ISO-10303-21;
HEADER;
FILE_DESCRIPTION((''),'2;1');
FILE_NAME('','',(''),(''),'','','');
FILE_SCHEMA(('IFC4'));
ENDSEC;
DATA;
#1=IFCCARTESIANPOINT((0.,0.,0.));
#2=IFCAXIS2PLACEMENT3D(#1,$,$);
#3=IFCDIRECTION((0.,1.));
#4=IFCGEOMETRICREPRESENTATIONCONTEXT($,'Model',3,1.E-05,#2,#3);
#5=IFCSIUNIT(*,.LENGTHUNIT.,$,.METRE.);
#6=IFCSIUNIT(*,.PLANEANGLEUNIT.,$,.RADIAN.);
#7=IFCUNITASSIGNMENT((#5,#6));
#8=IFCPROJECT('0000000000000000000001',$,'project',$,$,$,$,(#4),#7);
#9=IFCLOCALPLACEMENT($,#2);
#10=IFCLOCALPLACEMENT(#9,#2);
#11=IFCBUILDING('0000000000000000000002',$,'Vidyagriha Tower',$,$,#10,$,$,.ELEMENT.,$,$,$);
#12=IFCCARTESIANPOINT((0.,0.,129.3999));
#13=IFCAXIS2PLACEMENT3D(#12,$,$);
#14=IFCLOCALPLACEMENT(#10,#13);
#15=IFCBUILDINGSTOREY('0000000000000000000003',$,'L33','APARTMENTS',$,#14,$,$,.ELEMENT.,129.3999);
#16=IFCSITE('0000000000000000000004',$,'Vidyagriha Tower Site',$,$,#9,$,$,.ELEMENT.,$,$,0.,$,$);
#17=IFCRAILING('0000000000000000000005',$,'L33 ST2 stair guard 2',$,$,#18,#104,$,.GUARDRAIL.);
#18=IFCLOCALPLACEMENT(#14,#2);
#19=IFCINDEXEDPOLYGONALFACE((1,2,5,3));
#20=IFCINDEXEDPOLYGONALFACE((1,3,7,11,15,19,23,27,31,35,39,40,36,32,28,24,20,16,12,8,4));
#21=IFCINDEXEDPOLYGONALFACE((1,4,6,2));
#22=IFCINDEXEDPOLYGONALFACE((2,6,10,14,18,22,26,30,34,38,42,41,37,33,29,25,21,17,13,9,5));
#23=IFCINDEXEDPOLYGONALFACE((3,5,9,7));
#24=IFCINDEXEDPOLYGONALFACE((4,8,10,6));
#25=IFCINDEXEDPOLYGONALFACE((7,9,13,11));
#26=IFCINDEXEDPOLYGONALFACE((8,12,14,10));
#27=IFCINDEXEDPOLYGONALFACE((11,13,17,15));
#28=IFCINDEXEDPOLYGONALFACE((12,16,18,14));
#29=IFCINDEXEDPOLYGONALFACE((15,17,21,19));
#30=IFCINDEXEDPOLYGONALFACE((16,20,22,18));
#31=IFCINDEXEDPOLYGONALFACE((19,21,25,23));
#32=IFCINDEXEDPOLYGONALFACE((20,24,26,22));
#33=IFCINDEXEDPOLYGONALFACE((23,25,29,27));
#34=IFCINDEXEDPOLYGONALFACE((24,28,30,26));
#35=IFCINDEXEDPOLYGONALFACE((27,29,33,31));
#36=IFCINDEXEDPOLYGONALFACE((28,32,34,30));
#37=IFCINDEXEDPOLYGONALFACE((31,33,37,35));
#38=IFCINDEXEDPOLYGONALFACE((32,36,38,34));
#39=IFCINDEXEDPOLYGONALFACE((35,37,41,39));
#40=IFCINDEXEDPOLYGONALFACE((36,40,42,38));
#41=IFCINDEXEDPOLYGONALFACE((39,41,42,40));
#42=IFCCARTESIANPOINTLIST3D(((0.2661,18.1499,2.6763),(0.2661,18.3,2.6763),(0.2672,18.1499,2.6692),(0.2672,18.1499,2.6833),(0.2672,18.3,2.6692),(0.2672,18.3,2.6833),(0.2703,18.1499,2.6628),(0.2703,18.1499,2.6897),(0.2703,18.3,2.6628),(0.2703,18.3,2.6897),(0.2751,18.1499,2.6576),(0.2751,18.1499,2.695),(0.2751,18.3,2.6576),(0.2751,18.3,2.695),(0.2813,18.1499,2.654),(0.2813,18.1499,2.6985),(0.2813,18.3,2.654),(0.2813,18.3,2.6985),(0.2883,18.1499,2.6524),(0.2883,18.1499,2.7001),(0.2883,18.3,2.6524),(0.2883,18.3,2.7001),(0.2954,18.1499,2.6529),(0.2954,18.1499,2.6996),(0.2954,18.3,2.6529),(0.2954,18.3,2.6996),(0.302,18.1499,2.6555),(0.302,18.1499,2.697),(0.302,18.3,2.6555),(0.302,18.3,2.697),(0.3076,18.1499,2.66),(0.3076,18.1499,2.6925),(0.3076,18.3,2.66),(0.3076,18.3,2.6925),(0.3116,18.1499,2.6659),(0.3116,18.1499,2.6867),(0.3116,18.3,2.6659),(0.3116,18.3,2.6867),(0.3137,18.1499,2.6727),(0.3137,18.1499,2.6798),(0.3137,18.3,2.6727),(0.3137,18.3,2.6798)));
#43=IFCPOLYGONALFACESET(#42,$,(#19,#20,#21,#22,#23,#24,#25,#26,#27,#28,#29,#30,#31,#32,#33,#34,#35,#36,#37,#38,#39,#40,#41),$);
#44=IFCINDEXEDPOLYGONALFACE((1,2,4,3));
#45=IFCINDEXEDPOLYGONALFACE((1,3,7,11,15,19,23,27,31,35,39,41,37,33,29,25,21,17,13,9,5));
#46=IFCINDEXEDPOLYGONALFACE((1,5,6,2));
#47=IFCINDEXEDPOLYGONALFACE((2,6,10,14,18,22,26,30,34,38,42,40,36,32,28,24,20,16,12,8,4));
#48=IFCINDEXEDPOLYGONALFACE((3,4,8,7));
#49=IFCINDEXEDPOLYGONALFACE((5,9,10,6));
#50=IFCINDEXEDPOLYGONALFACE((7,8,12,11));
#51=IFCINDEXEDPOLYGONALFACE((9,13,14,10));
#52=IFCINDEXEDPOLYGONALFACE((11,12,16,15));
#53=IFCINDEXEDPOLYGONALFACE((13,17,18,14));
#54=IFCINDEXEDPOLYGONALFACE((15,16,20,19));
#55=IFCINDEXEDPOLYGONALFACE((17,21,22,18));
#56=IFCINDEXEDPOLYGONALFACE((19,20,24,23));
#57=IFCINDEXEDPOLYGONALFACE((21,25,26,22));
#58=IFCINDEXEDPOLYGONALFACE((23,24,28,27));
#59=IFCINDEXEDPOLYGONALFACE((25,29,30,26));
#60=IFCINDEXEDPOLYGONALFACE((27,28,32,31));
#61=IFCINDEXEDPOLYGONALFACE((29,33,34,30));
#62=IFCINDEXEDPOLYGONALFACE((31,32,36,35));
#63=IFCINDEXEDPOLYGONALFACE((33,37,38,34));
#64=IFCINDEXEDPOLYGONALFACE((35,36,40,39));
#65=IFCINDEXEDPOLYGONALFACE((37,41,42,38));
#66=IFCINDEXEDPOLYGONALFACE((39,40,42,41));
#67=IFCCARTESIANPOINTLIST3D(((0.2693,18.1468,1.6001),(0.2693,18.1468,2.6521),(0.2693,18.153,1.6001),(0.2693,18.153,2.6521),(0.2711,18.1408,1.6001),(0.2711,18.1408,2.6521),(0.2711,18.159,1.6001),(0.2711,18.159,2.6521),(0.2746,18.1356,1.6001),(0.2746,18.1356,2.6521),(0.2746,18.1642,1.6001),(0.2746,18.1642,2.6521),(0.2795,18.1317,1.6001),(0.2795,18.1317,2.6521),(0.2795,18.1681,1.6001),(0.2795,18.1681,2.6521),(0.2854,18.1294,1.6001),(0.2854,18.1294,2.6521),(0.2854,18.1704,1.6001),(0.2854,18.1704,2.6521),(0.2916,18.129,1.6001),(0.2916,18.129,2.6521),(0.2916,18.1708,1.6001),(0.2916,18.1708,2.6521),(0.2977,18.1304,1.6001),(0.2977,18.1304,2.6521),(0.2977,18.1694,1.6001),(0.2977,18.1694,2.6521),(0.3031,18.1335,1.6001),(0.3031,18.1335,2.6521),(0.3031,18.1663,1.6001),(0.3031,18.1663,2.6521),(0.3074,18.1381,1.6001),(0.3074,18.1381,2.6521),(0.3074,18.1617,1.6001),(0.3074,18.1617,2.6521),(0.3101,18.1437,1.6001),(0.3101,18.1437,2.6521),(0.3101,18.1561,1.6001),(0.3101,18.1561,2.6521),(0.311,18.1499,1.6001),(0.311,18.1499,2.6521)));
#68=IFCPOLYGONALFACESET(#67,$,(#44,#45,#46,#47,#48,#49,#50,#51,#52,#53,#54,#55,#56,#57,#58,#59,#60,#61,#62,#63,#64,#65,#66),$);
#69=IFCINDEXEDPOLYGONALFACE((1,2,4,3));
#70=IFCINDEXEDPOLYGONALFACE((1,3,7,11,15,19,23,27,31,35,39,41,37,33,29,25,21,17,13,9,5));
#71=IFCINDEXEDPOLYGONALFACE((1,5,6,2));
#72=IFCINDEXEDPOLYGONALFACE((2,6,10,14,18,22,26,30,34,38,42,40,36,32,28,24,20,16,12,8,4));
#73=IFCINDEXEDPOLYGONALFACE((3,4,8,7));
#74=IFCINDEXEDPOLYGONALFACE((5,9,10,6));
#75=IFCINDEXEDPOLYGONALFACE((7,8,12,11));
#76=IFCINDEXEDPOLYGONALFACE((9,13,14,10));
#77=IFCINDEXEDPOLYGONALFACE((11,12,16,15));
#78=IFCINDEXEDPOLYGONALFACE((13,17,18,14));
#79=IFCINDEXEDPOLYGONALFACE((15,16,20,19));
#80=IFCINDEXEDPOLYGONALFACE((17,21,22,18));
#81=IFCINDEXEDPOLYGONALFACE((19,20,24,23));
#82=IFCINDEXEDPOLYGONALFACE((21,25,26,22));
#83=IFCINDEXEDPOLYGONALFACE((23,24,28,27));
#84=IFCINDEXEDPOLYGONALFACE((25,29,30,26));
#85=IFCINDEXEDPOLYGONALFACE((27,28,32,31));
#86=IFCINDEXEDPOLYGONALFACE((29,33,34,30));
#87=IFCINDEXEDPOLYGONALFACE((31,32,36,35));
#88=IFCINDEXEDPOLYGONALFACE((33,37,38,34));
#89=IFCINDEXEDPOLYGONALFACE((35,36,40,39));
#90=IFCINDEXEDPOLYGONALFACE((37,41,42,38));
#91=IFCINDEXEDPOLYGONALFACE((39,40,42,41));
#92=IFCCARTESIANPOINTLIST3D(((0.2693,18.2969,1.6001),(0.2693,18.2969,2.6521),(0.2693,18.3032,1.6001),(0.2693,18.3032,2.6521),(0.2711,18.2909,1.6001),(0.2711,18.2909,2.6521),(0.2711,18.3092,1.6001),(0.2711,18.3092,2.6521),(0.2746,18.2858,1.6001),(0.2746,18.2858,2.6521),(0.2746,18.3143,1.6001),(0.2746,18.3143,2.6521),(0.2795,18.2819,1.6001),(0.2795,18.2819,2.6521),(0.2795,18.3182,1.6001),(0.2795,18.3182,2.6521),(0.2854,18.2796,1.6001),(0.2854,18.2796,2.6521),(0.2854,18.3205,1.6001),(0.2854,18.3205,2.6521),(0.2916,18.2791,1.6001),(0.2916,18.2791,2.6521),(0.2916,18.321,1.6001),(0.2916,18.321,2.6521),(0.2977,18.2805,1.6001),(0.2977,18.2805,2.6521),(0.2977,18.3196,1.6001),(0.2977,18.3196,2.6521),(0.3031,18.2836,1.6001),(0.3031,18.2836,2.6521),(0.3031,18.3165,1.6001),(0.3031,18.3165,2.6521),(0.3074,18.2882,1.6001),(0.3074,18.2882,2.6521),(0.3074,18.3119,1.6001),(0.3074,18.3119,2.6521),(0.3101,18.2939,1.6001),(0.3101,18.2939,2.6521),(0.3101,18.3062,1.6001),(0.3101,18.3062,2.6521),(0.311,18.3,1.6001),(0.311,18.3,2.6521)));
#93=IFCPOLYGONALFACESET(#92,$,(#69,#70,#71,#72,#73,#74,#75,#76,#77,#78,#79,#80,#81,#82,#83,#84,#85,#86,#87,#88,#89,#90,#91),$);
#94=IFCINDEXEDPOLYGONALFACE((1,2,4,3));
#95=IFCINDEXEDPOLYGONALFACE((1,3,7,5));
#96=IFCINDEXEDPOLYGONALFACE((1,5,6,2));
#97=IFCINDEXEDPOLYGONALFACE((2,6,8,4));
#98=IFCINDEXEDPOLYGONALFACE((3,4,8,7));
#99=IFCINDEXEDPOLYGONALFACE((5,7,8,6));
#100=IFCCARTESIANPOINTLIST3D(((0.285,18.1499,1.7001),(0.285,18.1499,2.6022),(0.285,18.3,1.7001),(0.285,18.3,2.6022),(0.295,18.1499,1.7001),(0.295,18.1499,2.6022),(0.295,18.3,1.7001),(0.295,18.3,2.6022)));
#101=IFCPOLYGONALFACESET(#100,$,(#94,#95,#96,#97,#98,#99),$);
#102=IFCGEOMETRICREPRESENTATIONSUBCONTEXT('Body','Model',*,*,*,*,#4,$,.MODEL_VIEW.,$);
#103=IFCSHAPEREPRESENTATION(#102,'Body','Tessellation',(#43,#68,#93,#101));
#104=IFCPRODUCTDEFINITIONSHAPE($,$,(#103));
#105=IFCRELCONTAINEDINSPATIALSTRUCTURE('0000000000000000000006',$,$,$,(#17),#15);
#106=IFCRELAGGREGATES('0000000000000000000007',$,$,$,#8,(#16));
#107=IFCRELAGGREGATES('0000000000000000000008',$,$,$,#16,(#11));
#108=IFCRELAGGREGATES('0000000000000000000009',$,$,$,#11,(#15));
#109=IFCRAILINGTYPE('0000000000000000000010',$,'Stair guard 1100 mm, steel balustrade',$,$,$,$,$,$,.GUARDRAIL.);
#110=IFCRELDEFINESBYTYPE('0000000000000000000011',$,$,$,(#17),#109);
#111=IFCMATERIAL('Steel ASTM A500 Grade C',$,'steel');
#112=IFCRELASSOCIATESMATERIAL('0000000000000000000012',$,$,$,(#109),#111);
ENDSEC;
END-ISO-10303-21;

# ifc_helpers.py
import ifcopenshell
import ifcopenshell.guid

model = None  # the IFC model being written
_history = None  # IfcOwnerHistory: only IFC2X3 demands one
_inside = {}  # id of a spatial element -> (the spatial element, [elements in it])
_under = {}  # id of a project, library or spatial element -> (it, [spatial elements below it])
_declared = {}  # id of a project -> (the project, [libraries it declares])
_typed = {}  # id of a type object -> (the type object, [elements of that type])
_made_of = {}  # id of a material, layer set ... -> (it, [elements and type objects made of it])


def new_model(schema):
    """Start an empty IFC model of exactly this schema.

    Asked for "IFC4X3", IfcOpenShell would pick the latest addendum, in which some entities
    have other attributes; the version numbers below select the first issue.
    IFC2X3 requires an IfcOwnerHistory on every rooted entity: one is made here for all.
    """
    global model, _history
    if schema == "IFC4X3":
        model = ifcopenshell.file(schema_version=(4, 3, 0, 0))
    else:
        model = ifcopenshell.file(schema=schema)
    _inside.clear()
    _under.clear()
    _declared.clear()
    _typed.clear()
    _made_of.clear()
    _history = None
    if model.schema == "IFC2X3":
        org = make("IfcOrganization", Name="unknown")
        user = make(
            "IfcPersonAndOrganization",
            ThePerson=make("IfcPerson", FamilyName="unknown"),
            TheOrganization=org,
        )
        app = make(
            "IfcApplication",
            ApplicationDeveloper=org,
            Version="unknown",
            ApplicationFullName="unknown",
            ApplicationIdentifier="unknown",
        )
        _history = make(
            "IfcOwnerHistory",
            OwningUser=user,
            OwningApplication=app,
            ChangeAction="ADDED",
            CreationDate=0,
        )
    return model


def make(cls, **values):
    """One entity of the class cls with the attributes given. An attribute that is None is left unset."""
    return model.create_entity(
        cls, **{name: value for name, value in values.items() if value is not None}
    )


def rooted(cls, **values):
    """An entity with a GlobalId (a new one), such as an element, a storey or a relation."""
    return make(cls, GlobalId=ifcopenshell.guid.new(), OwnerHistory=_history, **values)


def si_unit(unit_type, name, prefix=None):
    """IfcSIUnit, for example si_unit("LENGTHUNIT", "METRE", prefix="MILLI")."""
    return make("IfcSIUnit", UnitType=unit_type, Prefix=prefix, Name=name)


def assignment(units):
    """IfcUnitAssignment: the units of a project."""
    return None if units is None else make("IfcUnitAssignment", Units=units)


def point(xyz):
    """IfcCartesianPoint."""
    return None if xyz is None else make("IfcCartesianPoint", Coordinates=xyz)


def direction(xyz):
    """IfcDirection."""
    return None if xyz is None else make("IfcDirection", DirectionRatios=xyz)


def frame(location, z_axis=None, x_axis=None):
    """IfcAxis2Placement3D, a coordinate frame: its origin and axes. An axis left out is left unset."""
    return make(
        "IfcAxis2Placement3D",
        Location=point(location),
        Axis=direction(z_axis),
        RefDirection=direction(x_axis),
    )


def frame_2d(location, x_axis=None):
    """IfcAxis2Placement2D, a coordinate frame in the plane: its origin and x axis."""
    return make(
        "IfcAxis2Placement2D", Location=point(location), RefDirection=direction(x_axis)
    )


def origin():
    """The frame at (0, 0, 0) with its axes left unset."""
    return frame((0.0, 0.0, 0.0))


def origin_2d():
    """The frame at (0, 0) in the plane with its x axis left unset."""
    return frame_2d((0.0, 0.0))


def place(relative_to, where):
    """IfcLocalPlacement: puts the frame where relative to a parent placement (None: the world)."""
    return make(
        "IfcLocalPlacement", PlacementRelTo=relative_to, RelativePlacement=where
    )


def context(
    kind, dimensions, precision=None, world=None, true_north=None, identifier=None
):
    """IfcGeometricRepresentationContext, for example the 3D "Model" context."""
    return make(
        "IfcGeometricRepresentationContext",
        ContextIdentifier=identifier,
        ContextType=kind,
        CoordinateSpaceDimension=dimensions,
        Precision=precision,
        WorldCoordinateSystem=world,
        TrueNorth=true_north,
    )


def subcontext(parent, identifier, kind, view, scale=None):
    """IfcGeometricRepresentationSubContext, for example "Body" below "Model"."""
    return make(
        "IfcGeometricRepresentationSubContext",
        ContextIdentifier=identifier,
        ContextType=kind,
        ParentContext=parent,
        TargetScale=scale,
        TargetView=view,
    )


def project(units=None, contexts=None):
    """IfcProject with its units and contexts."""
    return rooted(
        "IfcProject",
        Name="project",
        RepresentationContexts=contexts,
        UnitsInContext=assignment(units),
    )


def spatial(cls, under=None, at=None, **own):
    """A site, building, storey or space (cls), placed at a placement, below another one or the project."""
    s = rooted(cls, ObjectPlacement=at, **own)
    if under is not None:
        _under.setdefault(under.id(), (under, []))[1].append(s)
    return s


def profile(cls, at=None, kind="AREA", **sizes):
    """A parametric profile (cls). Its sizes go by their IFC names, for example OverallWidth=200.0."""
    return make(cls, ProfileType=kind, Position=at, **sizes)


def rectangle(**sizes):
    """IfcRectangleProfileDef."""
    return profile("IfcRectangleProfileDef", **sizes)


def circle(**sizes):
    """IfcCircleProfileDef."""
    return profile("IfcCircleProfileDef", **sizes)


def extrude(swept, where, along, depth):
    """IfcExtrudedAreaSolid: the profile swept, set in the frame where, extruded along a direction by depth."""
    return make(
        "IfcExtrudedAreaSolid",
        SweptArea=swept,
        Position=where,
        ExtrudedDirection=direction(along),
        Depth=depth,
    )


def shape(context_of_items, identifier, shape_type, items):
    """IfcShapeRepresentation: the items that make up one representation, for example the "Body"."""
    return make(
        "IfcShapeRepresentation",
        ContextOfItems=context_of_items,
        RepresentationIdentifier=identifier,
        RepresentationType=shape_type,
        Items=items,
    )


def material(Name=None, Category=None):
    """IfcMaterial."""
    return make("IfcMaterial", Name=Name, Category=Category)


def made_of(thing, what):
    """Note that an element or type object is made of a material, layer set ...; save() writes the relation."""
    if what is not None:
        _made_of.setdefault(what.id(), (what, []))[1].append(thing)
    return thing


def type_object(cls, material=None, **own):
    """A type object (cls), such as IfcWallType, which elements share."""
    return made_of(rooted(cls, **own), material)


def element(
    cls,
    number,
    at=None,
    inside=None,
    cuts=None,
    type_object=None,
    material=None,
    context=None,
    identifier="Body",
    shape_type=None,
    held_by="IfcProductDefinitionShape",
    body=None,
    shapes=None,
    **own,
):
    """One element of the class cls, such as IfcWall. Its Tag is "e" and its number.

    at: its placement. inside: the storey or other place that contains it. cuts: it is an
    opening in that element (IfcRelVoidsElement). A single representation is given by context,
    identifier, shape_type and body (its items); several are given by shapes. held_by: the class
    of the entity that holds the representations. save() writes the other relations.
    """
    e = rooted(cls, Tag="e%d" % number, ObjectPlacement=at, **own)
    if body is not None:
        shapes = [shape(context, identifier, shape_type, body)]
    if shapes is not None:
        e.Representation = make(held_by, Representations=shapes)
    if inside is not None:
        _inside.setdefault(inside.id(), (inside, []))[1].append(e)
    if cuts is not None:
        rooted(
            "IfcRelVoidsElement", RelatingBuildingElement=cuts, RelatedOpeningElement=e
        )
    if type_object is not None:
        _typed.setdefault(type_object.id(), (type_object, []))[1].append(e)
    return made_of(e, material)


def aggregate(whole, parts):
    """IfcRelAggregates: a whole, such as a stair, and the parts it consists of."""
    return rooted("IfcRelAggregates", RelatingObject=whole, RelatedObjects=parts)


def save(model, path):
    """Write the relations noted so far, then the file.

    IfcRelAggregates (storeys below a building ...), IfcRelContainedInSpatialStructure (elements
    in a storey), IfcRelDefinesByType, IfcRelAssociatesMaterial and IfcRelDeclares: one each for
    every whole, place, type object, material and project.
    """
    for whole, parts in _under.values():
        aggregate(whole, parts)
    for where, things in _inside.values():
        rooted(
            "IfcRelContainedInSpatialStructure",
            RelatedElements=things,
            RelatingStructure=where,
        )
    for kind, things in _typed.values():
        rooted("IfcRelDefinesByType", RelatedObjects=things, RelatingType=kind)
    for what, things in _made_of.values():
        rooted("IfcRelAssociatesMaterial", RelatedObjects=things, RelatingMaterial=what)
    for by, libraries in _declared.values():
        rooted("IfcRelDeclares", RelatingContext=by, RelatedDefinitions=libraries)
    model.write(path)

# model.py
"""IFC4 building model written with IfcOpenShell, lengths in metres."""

from ifc_helpers import new_model, si_unit, direction, frame, origin, origin_2d, place, context, subcontext, project, spatial, rectangle, circle, extrude, material, type_object, element, save


model = new_model("IFC4")

# Units and contexts
model_context = context("Model", 3, precision=1e-05, world=origin(), true_north=direction((0.0, 1.0)))
body_context = subcontext(model_context, "Body", "Model", "MODEL_VIEW")
ifc_project = project(units=[si_unit("LENGTHUNIT", "METRE"), si_unit("PLANEANGLEUNIT", "RADIAN")], contexts=[model_context])

# Site, building, storey
site_placement = place(None, origin())
site = spatial("IfcSite", under=ifc_project, at=site_placement, Name="Vidyagriha Tower Site", CompositionType="ELEMENT", RefElevation=0.0)
building_placement = place(site_placement, origin())
building = spatial("IfcBuilding", under=site, at=building_placement, Name="Vidyagriha Tower", CompositionType="ELEMENT")
storey_placement = place(building_placement, frame((0.0, 0.0, 129.3999)))
storey = spatial("IfcBuildingStorey", under=building, at=storey_placement, Name="L33", Description="APARTMENTS", CompositionType="ELEMENT", Elevation=129.3999)

# Railing
ifc_material_1 = material(Name="Steel ASTM A500 Grade C", Category="steel")
railing_type_1 = type_object("IfcRailingType", Name="Stair guard 1100 mm, steel balustrade", PredefinedType="GUARDRAIL", material=ifc_material_1)
railing_1_placement = place(storey_placement, frame((0.29, 18.1499, 1.6001)))
element("IfcRailing", 1, at=railing_1_placement, inside=storey, type_object=railing_type_1, Name="L33 ST2 stair guard 2", PredefinedType="GUARDRAIL", context=body_context, shape_type="SweptSolid", body=[
    extrude(circle(Radius=0.0239, at=origin_2d()), frame((0.0, 0.0, 1.0762), z_axis=(0.0, 1.0, 0.0), x_axis=(-1.0, 0.0, 0.0)), (0.0, 0.0, 1.0), 0.1501),
    extrude(circle(Radius=0.021, at=origin_2d()), origin(), (0.0, 0.0, 1.0), 1.052),
    extrude(circle(Radius=0.021, at=origin_2d()), frame((0.0, 0.1501, 0.0)), (0.0, 0.0, 1.0), 1.052),
    extrude(rectangle(XDim=0.01, YDim=0.9021, at=origin_2d()), frame((0.0, 0.0, 0.551), z_axis=(0.0, 1.0, 0.0), x_axis=(-1.0, 0.0, 0.0)), (0.0, 0.0, 1.0), 0.1501),
])

save(model, "model.ifc")
